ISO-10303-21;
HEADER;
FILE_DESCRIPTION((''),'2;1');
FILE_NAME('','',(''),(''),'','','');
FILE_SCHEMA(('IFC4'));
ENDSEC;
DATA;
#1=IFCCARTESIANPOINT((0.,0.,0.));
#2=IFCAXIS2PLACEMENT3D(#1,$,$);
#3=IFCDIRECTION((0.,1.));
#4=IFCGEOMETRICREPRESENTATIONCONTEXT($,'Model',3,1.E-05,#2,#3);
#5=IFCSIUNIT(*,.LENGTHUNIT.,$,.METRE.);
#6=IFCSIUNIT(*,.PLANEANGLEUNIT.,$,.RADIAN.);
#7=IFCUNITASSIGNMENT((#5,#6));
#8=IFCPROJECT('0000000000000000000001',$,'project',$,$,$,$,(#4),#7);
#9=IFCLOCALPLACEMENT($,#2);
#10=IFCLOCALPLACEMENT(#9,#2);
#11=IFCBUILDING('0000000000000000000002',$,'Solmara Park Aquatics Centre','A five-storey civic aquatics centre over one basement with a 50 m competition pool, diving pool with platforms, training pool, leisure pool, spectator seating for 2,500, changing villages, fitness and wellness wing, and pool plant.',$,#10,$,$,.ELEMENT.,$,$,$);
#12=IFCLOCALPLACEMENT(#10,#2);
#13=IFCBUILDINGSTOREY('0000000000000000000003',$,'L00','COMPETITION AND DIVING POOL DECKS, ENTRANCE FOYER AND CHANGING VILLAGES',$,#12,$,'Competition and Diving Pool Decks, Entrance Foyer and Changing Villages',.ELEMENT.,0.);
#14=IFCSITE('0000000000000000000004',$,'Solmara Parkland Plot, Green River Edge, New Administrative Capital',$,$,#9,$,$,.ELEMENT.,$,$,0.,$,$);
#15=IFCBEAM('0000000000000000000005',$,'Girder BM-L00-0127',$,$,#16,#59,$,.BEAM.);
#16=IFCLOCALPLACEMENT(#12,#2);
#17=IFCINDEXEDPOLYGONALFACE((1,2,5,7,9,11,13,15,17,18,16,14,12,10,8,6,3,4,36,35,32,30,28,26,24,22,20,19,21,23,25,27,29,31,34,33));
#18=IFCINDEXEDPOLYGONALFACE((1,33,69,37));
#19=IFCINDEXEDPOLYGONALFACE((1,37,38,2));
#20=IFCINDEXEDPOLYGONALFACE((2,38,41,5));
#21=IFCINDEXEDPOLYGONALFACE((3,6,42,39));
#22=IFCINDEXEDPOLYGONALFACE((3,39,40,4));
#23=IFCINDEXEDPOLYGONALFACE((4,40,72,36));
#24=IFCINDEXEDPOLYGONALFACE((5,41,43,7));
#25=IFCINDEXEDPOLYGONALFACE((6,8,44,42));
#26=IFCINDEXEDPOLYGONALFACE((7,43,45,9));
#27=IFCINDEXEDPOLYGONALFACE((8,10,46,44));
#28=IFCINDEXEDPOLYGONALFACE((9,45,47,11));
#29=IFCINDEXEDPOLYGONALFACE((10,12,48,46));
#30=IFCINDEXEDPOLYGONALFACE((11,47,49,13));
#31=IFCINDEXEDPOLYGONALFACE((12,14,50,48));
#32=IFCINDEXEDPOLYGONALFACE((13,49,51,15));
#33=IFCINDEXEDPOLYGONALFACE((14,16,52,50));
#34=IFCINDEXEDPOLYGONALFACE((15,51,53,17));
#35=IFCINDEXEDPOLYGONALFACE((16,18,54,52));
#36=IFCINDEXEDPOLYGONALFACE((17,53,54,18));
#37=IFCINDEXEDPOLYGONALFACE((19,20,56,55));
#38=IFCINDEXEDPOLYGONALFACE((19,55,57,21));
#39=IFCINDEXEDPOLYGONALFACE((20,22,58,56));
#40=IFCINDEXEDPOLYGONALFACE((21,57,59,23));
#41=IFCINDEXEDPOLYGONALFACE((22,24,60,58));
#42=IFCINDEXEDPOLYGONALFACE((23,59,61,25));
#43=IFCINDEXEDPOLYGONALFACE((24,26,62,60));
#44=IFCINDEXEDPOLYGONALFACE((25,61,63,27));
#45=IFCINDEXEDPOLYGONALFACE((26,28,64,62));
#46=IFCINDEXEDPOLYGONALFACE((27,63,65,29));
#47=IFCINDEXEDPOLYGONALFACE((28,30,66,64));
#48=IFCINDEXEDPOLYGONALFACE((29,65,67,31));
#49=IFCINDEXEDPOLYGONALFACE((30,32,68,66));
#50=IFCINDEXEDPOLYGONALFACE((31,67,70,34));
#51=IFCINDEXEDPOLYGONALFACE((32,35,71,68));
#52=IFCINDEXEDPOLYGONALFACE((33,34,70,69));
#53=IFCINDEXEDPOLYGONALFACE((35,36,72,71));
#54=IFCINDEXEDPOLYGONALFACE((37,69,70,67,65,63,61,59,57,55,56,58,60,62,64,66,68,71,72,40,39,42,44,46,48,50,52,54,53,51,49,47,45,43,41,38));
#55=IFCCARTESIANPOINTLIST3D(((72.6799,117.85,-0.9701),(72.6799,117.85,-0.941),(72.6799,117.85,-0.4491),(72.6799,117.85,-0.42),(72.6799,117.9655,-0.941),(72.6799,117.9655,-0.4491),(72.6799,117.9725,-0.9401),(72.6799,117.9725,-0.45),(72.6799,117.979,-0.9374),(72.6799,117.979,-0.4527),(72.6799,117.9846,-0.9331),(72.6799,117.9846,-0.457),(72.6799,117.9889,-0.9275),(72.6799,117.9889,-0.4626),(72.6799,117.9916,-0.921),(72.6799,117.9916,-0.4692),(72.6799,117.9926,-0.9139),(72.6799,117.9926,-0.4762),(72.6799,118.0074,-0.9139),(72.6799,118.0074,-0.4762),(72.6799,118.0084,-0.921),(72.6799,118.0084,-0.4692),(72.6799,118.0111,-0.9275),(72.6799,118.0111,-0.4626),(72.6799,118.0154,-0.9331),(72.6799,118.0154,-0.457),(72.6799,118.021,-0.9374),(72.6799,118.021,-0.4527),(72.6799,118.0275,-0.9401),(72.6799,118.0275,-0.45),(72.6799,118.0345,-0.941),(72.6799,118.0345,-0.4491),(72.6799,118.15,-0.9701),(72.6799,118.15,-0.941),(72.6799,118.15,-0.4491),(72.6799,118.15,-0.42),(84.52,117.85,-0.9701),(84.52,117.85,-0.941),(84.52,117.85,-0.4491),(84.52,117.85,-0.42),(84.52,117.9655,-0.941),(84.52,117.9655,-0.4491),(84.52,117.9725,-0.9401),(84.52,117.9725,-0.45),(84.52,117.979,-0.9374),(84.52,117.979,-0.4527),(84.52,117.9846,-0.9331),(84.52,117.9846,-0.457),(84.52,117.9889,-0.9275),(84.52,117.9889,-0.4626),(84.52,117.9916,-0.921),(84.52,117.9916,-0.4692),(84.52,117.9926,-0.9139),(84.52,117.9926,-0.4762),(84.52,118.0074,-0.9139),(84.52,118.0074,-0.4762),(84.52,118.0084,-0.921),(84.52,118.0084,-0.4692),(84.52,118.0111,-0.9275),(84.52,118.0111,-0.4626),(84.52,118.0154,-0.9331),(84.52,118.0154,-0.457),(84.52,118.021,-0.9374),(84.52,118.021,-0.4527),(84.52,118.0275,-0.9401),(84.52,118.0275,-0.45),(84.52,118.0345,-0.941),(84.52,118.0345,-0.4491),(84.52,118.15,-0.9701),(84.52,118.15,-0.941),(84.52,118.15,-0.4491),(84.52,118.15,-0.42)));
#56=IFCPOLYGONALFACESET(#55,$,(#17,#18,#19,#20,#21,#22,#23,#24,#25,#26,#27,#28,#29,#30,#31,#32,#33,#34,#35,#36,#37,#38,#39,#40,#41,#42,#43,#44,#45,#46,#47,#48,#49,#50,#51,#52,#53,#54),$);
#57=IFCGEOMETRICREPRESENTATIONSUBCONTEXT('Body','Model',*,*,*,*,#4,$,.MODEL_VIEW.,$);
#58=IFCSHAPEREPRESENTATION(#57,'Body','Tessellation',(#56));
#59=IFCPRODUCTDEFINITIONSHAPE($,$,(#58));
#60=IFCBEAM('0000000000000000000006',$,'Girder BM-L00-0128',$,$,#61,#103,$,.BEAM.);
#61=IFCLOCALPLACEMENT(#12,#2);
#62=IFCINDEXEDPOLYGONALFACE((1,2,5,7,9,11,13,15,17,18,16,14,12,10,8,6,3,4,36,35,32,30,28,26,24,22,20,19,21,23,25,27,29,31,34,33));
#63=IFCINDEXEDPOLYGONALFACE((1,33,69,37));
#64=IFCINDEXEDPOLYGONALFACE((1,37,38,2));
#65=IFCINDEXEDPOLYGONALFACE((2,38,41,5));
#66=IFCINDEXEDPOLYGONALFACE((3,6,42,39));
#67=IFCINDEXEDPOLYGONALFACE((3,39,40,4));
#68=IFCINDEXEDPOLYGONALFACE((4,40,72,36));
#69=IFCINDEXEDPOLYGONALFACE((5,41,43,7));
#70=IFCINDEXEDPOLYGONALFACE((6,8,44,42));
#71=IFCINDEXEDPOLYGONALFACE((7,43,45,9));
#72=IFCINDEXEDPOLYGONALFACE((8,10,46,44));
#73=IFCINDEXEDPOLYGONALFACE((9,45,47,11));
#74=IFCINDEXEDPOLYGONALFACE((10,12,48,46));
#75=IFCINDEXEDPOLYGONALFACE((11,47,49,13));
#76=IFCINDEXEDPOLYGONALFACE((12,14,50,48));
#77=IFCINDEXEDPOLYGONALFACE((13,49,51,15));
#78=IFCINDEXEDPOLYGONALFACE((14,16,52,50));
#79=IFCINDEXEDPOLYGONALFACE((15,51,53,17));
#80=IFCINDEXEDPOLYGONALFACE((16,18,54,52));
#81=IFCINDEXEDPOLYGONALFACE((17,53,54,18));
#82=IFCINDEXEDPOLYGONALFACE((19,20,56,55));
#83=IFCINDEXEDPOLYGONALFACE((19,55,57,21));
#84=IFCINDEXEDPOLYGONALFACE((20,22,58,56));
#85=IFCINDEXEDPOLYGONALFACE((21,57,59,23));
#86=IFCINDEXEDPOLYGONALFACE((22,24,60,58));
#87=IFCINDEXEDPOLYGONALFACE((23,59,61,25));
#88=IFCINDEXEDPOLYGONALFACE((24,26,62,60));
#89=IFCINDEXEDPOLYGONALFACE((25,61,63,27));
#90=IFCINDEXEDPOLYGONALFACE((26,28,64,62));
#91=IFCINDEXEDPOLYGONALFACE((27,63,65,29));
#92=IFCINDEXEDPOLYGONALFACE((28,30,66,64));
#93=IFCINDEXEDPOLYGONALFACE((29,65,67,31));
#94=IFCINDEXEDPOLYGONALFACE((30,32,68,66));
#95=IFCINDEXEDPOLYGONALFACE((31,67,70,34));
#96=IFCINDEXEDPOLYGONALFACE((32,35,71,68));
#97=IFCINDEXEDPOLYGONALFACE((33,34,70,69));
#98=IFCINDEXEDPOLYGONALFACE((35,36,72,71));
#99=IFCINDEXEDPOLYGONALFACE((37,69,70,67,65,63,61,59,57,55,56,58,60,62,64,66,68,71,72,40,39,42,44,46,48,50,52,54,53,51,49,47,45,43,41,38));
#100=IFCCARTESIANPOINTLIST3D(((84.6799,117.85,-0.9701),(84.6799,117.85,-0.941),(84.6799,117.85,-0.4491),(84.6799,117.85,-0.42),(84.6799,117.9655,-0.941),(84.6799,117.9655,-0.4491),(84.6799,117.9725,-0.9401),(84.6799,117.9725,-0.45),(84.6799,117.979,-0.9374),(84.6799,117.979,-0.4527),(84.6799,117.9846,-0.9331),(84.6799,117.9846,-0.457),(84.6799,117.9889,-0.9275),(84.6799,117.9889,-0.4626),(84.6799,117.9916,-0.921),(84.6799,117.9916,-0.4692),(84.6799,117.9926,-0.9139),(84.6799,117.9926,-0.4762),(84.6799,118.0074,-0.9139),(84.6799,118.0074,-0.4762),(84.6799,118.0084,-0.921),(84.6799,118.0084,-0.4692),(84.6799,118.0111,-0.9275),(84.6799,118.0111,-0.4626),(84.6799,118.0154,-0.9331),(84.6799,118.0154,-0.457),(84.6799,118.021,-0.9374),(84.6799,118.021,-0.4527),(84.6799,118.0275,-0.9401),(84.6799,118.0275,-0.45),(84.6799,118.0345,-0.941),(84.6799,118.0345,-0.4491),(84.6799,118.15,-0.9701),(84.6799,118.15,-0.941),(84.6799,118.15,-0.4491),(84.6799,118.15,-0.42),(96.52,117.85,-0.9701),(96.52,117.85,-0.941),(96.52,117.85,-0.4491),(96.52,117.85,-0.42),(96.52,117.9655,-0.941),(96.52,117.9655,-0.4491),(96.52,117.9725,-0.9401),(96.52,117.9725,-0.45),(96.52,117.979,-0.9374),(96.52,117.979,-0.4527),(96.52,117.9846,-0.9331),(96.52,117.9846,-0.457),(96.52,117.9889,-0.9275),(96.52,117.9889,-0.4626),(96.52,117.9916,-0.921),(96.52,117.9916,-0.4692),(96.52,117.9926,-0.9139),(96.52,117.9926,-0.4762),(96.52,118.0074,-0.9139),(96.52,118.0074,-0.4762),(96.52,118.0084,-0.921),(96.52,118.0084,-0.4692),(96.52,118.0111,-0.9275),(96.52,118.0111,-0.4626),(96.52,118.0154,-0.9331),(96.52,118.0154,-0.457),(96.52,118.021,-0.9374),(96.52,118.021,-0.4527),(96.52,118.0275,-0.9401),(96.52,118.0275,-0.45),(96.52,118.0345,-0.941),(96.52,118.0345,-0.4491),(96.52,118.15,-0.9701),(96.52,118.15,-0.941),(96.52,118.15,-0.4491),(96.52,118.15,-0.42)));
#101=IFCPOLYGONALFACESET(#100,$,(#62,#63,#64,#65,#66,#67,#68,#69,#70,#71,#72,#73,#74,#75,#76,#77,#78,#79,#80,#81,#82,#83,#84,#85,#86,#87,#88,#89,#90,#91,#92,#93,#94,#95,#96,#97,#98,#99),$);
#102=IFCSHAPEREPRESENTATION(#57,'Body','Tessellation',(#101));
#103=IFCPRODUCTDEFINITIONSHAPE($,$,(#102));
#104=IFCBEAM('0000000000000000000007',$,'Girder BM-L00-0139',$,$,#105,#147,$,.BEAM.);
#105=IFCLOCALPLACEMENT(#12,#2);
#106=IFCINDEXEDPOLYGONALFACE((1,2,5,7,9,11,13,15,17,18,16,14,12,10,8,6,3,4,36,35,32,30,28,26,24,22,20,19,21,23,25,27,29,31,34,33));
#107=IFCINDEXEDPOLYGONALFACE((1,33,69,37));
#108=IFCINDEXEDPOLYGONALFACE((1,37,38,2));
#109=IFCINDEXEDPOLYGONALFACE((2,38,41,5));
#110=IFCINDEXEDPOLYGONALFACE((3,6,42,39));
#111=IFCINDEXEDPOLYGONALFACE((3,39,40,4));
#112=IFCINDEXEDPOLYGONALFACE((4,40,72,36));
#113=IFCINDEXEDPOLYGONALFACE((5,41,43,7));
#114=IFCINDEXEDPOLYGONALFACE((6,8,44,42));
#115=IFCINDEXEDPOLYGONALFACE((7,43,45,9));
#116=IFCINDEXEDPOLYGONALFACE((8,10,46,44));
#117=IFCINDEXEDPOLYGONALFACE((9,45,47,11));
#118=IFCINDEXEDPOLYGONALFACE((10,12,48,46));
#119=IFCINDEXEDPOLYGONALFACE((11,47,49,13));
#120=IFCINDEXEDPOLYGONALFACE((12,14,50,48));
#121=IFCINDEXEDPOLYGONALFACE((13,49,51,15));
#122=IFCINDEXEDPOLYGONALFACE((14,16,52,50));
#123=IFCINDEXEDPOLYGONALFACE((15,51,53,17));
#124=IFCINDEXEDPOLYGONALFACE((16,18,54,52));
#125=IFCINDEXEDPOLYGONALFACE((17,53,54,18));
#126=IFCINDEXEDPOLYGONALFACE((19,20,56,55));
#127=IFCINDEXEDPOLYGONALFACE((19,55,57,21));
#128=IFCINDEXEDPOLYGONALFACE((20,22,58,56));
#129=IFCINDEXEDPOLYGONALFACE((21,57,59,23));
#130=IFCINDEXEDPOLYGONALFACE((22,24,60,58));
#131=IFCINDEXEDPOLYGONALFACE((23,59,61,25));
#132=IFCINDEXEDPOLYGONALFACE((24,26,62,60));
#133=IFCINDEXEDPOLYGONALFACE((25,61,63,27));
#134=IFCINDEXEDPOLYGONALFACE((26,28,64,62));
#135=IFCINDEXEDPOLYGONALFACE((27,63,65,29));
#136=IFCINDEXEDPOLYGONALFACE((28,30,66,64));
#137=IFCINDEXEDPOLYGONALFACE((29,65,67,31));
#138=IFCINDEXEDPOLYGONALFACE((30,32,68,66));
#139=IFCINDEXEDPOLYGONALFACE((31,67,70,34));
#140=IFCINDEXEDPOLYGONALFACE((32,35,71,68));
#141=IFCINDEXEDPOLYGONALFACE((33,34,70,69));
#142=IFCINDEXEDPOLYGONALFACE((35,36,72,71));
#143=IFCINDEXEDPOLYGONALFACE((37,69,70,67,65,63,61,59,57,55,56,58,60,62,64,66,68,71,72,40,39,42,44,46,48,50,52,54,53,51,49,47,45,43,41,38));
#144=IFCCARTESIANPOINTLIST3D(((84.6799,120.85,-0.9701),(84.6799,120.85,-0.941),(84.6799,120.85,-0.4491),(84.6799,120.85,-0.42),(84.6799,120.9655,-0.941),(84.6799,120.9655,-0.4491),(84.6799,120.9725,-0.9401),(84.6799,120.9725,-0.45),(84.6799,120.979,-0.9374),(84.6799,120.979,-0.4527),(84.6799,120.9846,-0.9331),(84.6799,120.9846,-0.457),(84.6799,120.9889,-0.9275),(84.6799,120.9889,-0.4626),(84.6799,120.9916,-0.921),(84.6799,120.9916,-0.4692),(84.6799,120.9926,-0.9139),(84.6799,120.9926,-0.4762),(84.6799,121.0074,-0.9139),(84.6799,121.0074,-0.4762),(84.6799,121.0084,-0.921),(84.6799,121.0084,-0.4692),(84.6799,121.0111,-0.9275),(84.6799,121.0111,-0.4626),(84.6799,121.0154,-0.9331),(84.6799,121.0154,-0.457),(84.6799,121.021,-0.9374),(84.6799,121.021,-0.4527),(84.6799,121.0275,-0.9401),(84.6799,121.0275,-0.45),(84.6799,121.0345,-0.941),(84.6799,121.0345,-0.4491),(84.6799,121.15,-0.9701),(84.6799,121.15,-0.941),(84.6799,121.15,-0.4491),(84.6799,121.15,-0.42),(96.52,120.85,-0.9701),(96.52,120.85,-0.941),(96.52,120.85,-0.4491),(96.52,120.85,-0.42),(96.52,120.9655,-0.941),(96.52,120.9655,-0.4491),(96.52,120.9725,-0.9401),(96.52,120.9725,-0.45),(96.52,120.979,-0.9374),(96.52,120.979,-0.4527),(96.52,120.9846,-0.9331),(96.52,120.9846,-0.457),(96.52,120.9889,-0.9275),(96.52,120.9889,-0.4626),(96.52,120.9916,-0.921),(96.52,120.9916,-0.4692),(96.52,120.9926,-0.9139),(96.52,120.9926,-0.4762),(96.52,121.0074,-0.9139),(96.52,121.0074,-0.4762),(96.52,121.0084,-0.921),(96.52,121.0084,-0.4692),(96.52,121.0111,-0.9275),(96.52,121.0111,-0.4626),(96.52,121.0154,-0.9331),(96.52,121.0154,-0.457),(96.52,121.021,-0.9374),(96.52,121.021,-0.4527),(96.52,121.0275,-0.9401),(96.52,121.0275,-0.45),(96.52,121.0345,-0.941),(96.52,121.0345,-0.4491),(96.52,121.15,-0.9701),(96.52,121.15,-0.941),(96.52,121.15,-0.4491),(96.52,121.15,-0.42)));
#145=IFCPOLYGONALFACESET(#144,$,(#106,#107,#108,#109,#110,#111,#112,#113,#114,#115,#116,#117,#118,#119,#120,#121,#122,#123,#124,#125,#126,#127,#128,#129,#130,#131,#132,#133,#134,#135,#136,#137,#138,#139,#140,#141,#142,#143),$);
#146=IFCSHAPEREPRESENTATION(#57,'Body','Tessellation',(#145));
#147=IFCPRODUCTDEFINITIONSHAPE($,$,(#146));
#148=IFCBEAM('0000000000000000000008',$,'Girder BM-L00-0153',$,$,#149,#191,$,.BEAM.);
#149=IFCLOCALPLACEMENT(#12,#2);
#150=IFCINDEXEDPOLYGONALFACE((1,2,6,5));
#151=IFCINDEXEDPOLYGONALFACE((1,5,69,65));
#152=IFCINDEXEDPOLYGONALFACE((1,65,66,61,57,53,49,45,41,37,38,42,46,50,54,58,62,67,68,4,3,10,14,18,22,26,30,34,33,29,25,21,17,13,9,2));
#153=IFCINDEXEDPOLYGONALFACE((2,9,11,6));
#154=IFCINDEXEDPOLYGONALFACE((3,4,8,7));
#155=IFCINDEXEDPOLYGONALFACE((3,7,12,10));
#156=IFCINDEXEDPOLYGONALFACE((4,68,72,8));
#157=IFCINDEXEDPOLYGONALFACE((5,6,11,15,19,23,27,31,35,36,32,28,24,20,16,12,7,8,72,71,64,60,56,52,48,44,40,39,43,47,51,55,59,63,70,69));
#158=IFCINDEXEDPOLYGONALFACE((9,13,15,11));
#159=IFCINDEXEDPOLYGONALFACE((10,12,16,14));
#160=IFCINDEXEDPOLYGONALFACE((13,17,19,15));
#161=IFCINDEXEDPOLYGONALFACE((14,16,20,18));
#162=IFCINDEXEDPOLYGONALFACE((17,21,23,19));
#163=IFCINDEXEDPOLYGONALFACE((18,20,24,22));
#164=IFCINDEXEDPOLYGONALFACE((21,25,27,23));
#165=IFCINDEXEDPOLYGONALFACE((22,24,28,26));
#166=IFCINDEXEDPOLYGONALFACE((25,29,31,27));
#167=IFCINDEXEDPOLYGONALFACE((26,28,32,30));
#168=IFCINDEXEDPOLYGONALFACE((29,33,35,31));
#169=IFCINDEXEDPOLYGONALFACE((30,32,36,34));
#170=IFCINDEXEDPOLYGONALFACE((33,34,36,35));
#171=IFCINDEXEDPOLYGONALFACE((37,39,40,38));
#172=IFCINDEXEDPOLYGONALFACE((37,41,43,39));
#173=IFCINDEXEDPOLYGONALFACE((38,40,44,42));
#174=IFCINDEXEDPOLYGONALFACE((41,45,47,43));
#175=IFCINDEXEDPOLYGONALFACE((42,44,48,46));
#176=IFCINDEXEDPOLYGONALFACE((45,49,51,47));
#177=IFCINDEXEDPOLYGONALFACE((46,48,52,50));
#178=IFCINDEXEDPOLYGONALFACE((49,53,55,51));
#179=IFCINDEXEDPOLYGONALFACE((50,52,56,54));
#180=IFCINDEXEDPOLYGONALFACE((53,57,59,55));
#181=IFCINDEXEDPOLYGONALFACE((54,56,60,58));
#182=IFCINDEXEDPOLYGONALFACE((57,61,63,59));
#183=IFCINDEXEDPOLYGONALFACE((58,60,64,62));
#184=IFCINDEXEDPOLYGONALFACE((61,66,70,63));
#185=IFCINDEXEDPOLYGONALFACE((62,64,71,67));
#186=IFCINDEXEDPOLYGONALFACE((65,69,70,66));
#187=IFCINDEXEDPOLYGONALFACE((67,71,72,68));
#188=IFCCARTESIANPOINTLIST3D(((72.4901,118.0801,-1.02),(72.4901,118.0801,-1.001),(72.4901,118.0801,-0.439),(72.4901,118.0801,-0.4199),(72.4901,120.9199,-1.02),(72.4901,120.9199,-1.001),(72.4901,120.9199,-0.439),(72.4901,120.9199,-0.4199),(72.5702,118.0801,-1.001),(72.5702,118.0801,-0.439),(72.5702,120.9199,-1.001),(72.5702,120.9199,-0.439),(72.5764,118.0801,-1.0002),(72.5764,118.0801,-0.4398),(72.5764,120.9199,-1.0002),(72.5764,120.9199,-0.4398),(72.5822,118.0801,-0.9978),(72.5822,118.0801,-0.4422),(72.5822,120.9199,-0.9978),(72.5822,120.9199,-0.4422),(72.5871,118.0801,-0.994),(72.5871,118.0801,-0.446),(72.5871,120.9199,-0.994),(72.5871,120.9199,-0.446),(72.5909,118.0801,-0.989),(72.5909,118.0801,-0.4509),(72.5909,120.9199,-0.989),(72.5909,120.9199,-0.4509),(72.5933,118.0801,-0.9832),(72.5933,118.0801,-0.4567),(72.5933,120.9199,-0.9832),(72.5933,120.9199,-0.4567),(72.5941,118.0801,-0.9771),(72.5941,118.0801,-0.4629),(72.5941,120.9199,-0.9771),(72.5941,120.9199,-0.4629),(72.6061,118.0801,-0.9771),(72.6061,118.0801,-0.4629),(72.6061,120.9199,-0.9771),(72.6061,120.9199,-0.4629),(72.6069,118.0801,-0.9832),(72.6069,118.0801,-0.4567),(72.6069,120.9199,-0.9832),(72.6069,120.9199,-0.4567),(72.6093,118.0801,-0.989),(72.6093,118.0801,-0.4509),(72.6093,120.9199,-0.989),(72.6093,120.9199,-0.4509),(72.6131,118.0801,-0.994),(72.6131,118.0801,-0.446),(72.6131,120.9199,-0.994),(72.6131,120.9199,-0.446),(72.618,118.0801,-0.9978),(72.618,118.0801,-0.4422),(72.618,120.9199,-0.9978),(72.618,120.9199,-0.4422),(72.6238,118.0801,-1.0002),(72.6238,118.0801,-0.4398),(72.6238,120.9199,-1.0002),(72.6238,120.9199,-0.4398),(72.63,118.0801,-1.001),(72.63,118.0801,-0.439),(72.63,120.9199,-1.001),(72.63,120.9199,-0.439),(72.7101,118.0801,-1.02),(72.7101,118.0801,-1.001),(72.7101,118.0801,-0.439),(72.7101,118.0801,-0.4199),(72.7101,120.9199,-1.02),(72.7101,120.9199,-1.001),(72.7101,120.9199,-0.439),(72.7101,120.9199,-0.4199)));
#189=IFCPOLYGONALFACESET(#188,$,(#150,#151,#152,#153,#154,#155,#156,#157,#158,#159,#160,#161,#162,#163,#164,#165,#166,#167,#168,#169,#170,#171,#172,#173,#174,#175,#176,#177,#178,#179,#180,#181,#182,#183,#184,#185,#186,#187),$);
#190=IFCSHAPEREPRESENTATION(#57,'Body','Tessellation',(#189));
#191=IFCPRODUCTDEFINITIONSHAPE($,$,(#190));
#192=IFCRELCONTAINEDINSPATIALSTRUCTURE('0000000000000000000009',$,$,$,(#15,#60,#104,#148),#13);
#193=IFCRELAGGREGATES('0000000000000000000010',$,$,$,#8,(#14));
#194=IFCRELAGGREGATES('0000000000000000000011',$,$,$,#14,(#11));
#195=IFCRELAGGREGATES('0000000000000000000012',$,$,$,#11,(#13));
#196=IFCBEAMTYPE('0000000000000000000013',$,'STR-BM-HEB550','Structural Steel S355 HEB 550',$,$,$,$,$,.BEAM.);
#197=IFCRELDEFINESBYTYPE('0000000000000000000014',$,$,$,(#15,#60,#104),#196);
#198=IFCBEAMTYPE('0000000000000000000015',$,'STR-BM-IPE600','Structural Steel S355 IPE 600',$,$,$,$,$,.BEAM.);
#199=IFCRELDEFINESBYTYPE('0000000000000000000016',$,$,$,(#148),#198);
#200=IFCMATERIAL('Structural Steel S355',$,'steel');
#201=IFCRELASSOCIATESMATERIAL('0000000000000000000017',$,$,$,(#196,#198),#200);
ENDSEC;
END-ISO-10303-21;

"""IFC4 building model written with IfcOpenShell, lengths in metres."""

from ifc_helpers import new_model, si_unit, direction, frame, origin, origin_2d, place, context, subcontext, project, spatial, i_section, extrude, material, material_profile, profile_set, type_object, element, save


model = new_model("IFC4")

# Units and contexts
model_context = context("Model", 3, precision=1e-05, world=origin(), true_north=direction((0.0, 1.0)))
body_context = subcontext(model_context, "Body", "Model", "MODEL_VIEW")
ifc_project = project(units=[si_unit("LENGTHUNIT", "METRE"), si_unit("PLANEANGLEUNIT", "RADIAN")], contexts=[model_context])

# Site, building, storey
site_placement = place(None, origin())
site = spatial("IfcSite", under=ifc_project, at=site_placement, Name="Solmara Parkland Plot, Green River Edge, New Administrative Capital", CompositionType="ELEMENT", RefElevation=0.0)
building_placement = place(site_placement, origin())
building = spatial("IfcBuilding", under=site, at=building_placement, Name="Solmara Park Aquatics Centre", Description="A five-storey civic aquatics centre over one basement with a 50 m competition pool, diving pool with platforms, training pool, leisure pool, spectator seating for 2,500, changing villages, fitness and wellness wing, and pool plant.", CompositionType="ELEMENT")
storey_placement = place(building_placement, origin())
storey = spatial("IfcBuildingStorey", under=building, at=storey_placement, Name="L00", Description="COMPETITION AND DIVING POOL DECKS, ENTRANCE FOYER AND CHANGING VILLAGES", LongName="Competition and Diving Pool Decks, Entrance Foyer and Changing Villages", CompositionType="ELEMENT", Elevation=0.0)

# Beams
ifc_material_1 = material(Name="Structural Steel S355", Category="steel")
ifc_material_profile_1 = material_profile(ifc_material_1, i_section(OverallWidth=0.3, OverallDepth=0.55, WebThickness=0.0149, FlangeThickness=0.0291, FilletRadius=0.0271, at=origin_2d()), Name="HEB 550")
ifc_profile_set_1 = profile_set([ifc_material_profile_1], Name="Structural Steel S355")
beam_type_1 = type_object("IfcBeamType", Name="STR-BM-HEB550", Description="Structural Steel S355 HEB 550", PredefinedType="BEAM", material=ifc_profile_set_1)
for number, where, z_axis, x_axis, name in (
    (1, (72.6799, 118.0, -0.6951), (1.0, 0.0, 0.0), (0.0, 1.0, 0.0), "Girder BM-L00-0127"),
    (2, (84.6799, 118.0, -0.6951), (1.0, 0.0, 0.0), (0.0, 1.0, 0.0), "Girder BM-L00-0128"),
    (3, (84.6799, 121.0, -0.6951), (1.0, 0.0, 0.0), (0.0, 1.0, 0.0), "Girder BM-L00-0139"),
):
    element("IfcBeam", number, at=place(storey_placement, frame(where, z_axis=z_axis, x_axis=x_axis)), inside=storey, type_object=beam_type_1, Name=name, PredefinedType="BEAM", context=body_context, shape_type="SweptSolid", body=[
        extrude(i_section(OverallWidth=0.3, OverallDepth=0.55, WebThickness=0.0149, FlangeThickness=0.0291, FilletRadius=0.0271, at=origin_2d()), origin(), (0.0, 0.0, 1.0), 11.8401),
    ])
ifc_material_profile_2 = material_profile(ifc_material_1, i_section(OverallWidth=0.22, OverallDepth=0.6001, WebThickness=0.012, FlangeThickness=0.019, FilletRadius=0.0239, at=origin_2d()), Name="IPE 600")
ifc_profile_set_2 = profile_set([ifc_material_profile_2], Name="Structural Steel S355")
beam_type_2 = type_object("IfcBeamType", Name="STR-BM-IPE600", Description="Structural Steel S355 IPE 600", PredefinedType="BEAM", material=ifc_profile_set_2)
for number, where, z_axis, x_axis, name in (
    (4, (72.6001, 118.0801, -0.72), (0.0, 1.0, 0.0), (-1.0, 0.0, 0.0), "Girder BM-L00-0153"),
):
    element("IfcBeam", number, at=place(storey_placement, frame(where, z_axis=z_axis, x_axis=x_axis)), inside=storey, type_object=beam_type_2, Name=name, PredefinedType="BEAM", context=body_context, shape_type="SweptSolid", body=[
        extrude(i_section(OverallWidth=0.22, OverallDepth=0.6001, WebThickness=0.012, FlangeThickness=0.019, FilletRadius=0.0239, at=origin_2d()), origin(), (0.0, 0.0, 1.0), 2.8398),
    ])

save(model, "model.ifc")
